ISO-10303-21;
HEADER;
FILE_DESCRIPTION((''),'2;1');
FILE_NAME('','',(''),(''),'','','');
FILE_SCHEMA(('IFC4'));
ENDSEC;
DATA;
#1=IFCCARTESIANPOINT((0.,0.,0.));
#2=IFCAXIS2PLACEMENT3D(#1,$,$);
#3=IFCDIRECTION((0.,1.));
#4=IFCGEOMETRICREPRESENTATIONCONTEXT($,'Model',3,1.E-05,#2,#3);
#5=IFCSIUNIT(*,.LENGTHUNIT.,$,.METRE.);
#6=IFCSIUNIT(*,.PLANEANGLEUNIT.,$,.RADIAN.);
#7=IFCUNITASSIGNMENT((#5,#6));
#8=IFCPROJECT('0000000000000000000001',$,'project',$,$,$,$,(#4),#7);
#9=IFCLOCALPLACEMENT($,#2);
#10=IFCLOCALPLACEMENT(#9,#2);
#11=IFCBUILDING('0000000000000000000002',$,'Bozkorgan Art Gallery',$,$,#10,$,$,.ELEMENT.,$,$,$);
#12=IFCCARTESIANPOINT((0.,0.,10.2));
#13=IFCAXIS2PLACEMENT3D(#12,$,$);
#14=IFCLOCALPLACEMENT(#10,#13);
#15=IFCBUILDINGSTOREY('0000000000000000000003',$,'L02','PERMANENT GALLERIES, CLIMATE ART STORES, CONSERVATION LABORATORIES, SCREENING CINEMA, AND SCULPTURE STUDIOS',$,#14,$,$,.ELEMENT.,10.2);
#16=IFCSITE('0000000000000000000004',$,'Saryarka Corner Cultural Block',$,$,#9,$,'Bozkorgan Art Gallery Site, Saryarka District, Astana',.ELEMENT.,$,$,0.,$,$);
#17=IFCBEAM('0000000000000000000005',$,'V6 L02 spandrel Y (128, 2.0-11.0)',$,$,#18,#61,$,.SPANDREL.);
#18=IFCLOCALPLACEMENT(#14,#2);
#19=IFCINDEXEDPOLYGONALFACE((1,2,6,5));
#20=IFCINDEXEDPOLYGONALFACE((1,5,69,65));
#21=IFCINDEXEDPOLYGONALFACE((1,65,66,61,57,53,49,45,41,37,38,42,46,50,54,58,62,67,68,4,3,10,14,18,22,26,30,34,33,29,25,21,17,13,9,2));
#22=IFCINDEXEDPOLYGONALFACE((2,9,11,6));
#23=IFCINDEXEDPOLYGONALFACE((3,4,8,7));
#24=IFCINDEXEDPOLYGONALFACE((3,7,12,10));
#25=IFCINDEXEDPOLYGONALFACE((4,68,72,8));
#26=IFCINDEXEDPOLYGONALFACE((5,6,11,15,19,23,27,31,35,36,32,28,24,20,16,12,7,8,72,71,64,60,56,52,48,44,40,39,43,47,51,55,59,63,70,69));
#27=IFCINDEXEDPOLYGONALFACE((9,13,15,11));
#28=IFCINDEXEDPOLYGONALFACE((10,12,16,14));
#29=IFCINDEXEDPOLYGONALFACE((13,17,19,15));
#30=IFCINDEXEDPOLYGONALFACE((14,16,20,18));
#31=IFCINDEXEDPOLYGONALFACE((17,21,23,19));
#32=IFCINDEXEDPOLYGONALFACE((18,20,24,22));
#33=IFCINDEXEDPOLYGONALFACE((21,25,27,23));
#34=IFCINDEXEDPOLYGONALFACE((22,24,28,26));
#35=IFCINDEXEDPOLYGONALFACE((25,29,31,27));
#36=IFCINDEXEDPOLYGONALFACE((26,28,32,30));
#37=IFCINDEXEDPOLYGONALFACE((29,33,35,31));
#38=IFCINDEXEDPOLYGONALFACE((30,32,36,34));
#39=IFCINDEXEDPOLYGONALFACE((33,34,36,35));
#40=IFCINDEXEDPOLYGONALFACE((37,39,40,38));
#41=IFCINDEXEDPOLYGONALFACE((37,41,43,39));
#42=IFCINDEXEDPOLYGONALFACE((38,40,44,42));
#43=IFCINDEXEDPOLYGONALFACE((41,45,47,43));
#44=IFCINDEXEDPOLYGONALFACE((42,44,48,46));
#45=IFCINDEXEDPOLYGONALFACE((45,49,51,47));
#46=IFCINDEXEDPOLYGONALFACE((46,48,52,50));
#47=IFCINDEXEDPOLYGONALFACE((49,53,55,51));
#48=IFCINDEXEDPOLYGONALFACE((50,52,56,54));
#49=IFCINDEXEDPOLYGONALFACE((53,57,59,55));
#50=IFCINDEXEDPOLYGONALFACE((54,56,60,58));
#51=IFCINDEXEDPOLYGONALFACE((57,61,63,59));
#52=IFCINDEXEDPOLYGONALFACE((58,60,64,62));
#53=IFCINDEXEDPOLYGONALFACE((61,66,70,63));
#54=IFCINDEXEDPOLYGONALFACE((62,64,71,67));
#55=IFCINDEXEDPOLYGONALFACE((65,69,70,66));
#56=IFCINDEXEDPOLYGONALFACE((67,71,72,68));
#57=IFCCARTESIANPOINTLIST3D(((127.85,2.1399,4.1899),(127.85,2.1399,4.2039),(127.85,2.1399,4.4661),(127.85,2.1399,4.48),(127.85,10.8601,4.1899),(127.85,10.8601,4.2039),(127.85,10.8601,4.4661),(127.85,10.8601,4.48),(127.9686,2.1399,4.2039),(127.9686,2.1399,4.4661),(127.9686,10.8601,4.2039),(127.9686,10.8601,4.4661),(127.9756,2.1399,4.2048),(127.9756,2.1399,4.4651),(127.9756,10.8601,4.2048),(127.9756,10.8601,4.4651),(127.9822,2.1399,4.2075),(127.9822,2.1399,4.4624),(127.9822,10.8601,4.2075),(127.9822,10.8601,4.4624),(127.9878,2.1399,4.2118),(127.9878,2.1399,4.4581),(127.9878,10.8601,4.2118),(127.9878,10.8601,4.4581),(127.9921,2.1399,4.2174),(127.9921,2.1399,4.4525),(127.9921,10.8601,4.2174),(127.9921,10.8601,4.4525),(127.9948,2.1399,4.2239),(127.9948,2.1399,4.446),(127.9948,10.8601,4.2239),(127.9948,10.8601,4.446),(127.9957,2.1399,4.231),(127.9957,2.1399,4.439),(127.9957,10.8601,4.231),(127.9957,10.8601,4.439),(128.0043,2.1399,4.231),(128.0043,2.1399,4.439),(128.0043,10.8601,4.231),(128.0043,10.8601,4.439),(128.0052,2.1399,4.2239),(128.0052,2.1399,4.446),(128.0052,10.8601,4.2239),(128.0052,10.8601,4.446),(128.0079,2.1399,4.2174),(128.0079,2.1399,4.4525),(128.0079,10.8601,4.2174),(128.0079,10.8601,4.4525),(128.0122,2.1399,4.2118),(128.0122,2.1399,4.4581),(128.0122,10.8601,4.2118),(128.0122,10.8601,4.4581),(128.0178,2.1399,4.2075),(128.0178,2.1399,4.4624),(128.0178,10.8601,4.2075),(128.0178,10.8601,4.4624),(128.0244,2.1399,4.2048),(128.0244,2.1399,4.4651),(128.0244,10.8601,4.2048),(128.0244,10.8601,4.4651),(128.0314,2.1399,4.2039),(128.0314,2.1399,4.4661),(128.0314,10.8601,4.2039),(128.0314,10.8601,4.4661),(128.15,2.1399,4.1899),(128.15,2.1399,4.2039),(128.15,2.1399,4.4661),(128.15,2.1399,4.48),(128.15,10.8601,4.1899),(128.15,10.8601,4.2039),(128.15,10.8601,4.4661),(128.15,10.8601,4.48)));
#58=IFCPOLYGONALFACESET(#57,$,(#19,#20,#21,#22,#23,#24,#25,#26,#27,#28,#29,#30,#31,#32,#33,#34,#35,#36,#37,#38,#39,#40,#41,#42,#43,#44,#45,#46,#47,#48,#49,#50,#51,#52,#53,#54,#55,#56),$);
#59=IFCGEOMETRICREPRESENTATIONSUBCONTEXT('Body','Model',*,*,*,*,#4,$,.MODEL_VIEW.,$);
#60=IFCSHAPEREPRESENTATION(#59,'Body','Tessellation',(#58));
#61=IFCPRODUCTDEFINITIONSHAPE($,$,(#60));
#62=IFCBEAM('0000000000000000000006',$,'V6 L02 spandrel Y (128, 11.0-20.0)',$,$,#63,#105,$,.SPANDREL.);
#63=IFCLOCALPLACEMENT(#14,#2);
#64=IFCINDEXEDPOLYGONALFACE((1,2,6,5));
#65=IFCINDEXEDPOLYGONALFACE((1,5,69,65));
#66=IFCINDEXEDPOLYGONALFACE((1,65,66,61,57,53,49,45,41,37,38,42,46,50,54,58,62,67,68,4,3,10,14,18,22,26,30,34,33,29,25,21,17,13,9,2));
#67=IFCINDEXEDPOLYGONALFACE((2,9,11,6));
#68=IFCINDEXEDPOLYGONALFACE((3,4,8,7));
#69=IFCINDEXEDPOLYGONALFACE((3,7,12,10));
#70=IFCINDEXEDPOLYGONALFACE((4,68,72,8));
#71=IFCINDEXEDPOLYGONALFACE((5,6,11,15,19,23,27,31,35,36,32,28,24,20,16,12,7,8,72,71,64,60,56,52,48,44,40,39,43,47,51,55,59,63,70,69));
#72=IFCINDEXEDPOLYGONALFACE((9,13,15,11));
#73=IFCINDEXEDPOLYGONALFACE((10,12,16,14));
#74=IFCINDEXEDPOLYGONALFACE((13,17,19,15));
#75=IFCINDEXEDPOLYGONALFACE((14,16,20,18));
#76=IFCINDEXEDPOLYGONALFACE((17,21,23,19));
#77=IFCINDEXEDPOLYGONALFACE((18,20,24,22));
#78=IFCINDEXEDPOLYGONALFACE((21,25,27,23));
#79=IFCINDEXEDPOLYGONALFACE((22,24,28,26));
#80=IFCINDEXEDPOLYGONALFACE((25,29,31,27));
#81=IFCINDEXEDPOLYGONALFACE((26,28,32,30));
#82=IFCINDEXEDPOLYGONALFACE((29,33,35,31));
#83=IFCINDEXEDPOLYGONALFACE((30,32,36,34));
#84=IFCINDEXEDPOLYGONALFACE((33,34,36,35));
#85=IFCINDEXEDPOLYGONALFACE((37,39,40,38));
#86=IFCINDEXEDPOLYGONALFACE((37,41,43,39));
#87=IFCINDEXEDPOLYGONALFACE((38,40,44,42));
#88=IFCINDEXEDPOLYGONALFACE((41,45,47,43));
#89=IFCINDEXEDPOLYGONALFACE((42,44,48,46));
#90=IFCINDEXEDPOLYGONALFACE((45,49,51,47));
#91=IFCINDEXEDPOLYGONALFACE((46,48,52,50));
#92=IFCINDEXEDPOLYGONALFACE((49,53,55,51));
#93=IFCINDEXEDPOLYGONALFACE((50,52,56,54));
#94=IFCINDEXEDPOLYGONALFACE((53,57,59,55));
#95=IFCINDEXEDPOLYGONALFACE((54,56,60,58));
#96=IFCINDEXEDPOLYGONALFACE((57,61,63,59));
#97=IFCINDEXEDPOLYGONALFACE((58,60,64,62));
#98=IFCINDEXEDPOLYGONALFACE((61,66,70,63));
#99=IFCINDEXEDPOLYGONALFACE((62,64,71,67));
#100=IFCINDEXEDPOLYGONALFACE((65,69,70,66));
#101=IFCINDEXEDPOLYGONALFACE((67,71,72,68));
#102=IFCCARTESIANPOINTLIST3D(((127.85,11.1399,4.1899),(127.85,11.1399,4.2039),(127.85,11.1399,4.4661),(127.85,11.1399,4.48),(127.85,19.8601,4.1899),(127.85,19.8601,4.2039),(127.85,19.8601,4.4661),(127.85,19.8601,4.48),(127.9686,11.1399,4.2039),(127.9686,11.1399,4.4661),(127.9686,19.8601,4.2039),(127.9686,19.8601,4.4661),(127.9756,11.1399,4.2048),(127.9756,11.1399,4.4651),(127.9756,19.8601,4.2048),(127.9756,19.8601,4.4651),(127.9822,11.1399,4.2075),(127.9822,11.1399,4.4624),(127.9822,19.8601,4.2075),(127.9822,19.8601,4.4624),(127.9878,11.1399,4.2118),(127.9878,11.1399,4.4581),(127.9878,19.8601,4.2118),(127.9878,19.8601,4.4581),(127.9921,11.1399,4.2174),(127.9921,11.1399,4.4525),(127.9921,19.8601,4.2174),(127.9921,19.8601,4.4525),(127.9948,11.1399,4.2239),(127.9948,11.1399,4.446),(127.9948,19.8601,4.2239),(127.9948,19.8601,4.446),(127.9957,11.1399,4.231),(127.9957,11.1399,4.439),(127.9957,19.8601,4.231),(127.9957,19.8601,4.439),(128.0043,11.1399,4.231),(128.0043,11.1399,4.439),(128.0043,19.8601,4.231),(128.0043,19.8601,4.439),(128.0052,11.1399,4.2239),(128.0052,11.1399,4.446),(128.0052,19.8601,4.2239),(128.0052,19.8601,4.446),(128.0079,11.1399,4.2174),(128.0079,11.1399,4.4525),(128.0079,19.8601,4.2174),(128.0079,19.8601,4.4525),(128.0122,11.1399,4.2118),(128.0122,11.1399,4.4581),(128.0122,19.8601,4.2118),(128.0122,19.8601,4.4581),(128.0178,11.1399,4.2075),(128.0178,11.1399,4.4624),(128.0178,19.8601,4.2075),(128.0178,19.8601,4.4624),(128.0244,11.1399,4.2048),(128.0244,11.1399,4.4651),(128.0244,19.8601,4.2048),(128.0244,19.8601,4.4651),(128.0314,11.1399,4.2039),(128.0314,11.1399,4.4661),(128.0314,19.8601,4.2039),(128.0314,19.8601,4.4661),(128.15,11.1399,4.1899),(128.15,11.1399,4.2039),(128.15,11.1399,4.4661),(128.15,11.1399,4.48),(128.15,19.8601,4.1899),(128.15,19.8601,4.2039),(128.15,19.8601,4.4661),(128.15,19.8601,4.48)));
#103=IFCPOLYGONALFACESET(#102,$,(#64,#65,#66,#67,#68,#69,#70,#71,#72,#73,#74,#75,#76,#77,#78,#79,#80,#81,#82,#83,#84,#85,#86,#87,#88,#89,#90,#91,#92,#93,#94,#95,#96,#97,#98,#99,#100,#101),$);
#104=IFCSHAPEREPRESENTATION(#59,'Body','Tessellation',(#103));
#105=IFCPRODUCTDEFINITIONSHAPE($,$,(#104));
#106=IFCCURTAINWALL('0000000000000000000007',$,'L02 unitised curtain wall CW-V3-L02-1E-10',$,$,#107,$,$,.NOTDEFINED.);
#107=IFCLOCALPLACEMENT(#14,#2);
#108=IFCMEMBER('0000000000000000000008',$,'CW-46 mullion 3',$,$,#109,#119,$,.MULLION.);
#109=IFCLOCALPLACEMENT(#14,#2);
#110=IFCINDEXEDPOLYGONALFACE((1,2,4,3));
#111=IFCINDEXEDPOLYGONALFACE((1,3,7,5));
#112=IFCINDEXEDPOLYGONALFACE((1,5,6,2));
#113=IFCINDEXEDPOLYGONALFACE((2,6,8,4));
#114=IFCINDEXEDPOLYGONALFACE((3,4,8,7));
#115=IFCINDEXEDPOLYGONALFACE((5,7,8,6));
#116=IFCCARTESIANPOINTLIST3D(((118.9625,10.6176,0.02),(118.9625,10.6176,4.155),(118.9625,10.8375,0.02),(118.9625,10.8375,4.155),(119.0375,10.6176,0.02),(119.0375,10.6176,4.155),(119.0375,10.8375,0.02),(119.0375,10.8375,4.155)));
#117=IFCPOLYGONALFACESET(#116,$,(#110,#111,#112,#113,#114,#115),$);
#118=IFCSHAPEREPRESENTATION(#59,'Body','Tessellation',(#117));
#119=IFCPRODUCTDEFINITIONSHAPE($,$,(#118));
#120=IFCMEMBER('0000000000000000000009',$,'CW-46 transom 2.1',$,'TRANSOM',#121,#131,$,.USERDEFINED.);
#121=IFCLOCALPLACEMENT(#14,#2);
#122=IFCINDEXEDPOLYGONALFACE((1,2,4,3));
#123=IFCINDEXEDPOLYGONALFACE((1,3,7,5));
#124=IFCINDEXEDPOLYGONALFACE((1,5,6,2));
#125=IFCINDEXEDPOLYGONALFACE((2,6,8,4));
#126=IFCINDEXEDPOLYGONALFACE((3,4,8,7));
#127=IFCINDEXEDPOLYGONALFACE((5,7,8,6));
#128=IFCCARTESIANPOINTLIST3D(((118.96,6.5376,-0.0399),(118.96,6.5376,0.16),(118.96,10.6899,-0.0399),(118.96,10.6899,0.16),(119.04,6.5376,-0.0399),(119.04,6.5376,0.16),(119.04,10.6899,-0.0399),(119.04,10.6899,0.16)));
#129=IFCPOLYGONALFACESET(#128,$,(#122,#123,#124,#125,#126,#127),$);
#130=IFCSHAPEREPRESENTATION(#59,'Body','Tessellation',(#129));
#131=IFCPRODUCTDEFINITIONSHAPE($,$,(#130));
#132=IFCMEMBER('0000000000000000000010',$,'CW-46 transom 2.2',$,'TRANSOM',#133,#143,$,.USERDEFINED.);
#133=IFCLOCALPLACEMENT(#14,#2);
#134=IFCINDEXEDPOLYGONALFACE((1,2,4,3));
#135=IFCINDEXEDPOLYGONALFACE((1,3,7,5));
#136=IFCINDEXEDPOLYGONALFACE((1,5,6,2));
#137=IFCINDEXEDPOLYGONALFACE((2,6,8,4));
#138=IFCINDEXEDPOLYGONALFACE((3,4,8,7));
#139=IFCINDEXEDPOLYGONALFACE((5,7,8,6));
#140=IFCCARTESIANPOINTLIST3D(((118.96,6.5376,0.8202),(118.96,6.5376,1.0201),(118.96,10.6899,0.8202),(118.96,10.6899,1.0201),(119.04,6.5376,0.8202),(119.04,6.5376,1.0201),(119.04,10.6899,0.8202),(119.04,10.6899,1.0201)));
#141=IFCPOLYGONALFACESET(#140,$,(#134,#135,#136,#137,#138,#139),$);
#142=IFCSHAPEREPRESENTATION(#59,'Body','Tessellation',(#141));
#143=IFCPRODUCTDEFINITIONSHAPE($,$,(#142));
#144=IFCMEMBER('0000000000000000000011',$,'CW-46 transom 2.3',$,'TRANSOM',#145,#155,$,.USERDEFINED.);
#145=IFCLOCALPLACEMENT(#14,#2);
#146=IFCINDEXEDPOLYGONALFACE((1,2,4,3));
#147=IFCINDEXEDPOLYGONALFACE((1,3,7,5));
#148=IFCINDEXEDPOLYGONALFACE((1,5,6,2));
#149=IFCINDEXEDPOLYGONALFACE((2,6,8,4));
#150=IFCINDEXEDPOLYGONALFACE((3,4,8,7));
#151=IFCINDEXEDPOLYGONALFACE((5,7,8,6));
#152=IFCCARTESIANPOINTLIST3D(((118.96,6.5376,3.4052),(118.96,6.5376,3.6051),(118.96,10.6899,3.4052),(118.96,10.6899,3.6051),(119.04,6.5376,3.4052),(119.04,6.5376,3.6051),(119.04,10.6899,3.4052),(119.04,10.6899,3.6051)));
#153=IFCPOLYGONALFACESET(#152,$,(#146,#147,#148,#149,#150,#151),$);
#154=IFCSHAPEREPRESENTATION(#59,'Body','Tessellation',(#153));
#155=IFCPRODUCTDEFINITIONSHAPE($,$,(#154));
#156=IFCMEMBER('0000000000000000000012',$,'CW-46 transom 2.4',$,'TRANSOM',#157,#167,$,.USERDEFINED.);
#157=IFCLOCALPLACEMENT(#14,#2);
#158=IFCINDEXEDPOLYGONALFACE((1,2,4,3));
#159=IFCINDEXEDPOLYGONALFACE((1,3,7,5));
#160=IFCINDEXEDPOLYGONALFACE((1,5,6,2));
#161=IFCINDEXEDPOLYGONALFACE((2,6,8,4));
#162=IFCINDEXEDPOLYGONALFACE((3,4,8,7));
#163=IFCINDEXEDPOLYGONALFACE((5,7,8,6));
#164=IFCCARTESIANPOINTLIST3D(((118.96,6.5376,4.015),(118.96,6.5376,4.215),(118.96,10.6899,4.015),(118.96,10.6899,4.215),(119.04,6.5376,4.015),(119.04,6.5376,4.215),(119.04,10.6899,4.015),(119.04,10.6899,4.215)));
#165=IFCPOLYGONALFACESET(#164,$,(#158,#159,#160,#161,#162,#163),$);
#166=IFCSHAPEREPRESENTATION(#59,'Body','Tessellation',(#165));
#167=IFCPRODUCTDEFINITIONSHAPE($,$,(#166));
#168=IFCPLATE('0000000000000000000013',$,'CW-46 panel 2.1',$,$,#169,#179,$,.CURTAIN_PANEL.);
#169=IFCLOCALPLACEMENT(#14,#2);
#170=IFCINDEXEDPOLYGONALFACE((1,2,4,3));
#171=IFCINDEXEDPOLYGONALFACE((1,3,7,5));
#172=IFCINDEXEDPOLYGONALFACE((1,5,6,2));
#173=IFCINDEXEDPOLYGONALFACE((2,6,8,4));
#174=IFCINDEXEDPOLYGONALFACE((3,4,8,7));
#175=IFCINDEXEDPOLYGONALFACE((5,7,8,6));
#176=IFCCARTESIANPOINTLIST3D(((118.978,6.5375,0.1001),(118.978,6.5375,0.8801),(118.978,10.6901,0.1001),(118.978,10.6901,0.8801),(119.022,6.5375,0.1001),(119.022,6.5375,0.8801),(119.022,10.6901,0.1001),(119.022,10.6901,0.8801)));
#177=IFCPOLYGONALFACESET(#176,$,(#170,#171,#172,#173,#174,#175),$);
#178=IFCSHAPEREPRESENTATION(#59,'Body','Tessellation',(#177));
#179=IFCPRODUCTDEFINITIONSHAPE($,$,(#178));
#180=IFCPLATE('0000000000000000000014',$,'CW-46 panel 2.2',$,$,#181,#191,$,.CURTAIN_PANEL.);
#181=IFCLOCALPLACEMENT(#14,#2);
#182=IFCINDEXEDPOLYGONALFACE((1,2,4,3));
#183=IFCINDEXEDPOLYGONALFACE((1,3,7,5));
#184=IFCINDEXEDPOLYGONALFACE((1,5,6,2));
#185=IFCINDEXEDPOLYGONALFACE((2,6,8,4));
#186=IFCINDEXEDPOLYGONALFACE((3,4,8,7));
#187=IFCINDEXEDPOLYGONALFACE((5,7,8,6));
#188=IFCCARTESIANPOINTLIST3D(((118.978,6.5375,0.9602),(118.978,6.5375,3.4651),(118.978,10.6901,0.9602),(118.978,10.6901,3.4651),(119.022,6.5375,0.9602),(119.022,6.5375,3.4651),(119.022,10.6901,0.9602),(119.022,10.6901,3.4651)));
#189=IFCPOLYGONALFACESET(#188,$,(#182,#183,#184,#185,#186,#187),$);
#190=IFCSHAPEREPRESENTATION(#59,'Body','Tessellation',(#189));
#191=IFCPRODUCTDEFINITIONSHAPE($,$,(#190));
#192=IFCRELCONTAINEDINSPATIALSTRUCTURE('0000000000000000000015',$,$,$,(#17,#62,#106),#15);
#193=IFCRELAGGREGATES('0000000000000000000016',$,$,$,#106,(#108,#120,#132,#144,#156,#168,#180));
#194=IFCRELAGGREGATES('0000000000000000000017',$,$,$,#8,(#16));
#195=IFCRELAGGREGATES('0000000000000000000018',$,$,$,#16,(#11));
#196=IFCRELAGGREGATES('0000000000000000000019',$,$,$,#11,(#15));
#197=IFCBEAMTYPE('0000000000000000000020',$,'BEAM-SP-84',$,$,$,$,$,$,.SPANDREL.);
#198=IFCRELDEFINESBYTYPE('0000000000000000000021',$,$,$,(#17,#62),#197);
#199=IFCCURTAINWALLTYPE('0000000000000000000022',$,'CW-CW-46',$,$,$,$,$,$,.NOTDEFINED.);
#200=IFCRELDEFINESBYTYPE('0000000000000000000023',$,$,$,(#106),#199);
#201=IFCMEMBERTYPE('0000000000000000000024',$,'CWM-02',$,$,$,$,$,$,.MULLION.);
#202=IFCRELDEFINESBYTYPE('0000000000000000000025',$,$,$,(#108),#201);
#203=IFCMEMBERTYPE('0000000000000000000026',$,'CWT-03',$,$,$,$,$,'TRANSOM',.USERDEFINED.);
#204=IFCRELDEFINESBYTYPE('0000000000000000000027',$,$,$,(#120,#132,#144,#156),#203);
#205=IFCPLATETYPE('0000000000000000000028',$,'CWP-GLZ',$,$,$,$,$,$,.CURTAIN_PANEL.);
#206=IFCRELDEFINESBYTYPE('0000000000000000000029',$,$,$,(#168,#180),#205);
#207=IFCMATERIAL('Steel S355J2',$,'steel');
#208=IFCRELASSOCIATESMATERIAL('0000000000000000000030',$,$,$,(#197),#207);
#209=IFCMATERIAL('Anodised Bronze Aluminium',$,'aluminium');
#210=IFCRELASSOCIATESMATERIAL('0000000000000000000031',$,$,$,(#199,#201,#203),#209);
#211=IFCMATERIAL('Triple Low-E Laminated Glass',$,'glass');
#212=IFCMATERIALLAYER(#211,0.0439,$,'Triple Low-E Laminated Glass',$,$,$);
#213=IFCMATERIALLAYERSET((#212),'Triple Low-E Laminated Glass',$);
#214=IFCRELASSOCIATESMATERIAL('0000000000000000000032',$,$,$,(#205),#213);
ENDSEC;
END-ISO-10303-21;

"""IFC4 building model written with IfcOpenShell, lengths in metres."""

from ifc_helpers import new_model, si_unit, direction, frame, origin, origin_2d, place, context, subcontext, project, spatial, rectangle, i_section, extrude, material, layer, layer_set, material_profile, profile_set, type_object, element, aggregate, save


model = new_model("IFC4")

# Units and contexts
model_context = context("Model", 3, precision=1e-05, world=origin(), true_north=direction((0.0, 1.0)))
body_context = subcontext(model_context, "Body", "Model", "MODEL_VIEW")
ifc_project = project(units=[si_unit("LENGTHUNIT", "METRE"), si_unit("PLANEANGLEUNIT", "RADIAN")], contexts=[model_context])

# Site, building, storey
site_placement = place(None, origin())
site = spatial("IfcSite", under=ifc_project, at=site_placement, Name="Saryarka Corner Cultural Block", LongName="Bozkorgan Art Gallery Site, Saryarka District, Astana", CompositionType="ELEMENT", RefElevation=0.0)
building_placement = place(site_placement, origin())
building = spatial("IfcBuilding", under=site, at=building_placement, Name="Bozkorgan Art Gallery", CompositionType="ELEMENT")
storey_placement = place(building_placement, frame((0.0, 0.0, 10.2)))
storey = spatial("IfcBuildingStorey", under=building, at=storey_placement, Name="L02", Description="PERMANENT GALLERIES, CLIMATE ART STORES, CONSERVATION LABORATORIES, SCREENING CINEMA, AND SCULPTURE STUDIOS", CompositionType="ELEMENT", Elevation=10.2)

# Shared definitions
ifc_material_1 = material(Name="Steel S355J2", Category="steel")

# Beams
ifc_material_profile_1 = material_profile(ifc_material_1, i_section(OverallWidth=0.3, OverallDepth=0.29, WebThickness=0.0085, FlangeThickness=0.0139, FilletRadius=0.0271, at=origin_2d()), Name="HEA 300")
ifc_profile_set_1 = profile_set([ifc_material_profile_1], Name="Steel S355J2")
beam_type_1 = type_object("IfcBeamType", Name="BEAM-SP-84", PredefinedType="SPANDREL", material=ifc_profile_set_1)
for number, where, z_axis, x_axis, name in (
    (1, (128.0, 2.1399, 4.335), (0.0, 1.0, 0.0), (-1.0, 0.0, 0.0), "V6 L02 spandrel Y (128, 2.0-11.0)"),
    (2, (128.0, 11.1399, 4.335), (0.0, 1.0, 0.0), (-1.0, 0.0, 0.0), "V6 L02 spandrel Y (128, 11.0-20.0)"),
):
    element("IfcBeam", number, at=place(storey_placement, frame(where, z_axis=z_axis, x_axis=x_axis)), inside=storey, type_object=beam_type_1, Name=name, PredefinedType="SPANDREL", context=body_context, shape_type="SweptSolid", body=[
        extrude(i_section(OverallWidth=0.3, OverallDepth=0.29, WebThickness=0.0085, FlangeThickness=0.0139, FilletRadius=0.0271, at=origin_2d()), origin(), (0.0, 0.0, 1.0), 8.7202),
    ])

# Curtain wall, members, plates
ifc_material_2 = material(Name="Anodised Bronze Aluminium", Category="aluminium")
curtain_wall_type = type_object("IfcCurtainWallType", Name="CW-CW-46", PredefinedType="NOTDEFINED", material=ifc_material_2)
curtain_wall_placement = place(storey_placement, origin())
curtain_wall = element("IfcCurtainWall", 3, at=curtain_wall_placement, inside=storey, type_object=curtain_wall_type, Name="L02 unitised curtain wall CW-V3-L02-1E-10", PredefinedType="NOTDEFINED")
ifc_material_profile_2 = material_profile(ifc_material_2, rectangle(XDim=0.075, YDim=0.22, at=origin_2d()), Name="ALU MULLION 75x220")
ifc_profile_set_2 = profile_set([ifc_material_profile_2], Name="Anodised Bronze Aluminium")
member_type_1 = type_object("IfcMemberType", Name="CWM-02", PredefinedType="MULLION", material=ifc_profile_set_2)
member_1_placement = place(storey_placement, frame((119.0, 10.7275, 0.02), z_axis=(0.0, 0.0, 1.0), x_axis=(-1.0, 0.0, 0.0)))
member_1 = element("IfcMember", 4, at=member_1_placement, type_object=member_type_1, Name="CW-46 mullion 3", PredefinedType="MULLION", context=body_context, shape_type="SweptSolid", body=[
    extrude(rectangle(XDim=0.075, YDim=0.22, at=origin_2d()), origin(), (0.0, 0.0, 1.0), 4.135),
])
ifc_material_profile_3 = material_profile(ifc_material_2, rectangle(XDim=0.0801, YDim=0.2, at=origin_2d()), Name="ALU TRANSOM 80x200")
ifc_profile_set_3 = profile_set([ifc_material_profile_3], Name="Anodised Bronze Aluminium")
member_type_2 = type_object("IfcMemberType", Name="CWT-03", ElementType="TRANSOM", PredefinedType="USERDEFINED", material=ifc_profile_set_3)
member_2_placement = place(storey_placement, frame((119.0, 6.5376, 0.0601), z_axis=(0.0, 1.0, 0.0), x_axis=(-1.0, 0.0, 0.0)))
member_2 = element("IfcMember", 5, at=member_2_placement, type_object=member_type_2, Name="CW-46 transom 2.1", ObjectType="TRANSOM", PredefinedType="USERDEFINED", context=body_context, shape_type="SweptSolid", body=[
    extrude(rectangle(XDim=0.0801, YDim=0.2, at=origin_2d()), origin(), (0.0, 0.0, 1.0), 4.1523),
])
member_3_placement = place(storey_placement, frame((119.0, 6.5376, 0.9202), z_axis=(0.0, 1.0, 0.0), x_axis=(-1.0, 0.0, 0.0)))
member_3 = element("IfcMember", 6, at=member_3_placement, type_object=member_type_2, Name="CW-46 transom 2.2", ObjectType="TRANSOM", PredefinedType="USERDEFINED", context=body_context, shape_type="SweptSolid", body=[
    extrude(rectangle(XDim=0.0801, YDim=0.2, at=origin_2d()), origin(), (0.0, 0.0, 1.0), 4.1523),
])
member_4_placement = place(storey_placement, frame((119.0, 6.5376, 3.5051), z_axis=(0.0, 1.0, 0.0), x_axis=(-1.0, 0.0, 0.0)))
member_4 = element("IfcMember", 7, at=member_4_placement, type_object=member_type_2, Name="CW-46 transom 2.3", ObjectType="TRANSOM", PredefinedType="USERDEFINED", context=body_context, shape_type="SweptSolid", body=[
    extrude(rectangle(XDim=0.0801, YDim=0.2, at=origin_2d()), origin(), (0.0, 0.0, 1.0), 4.1523),
])
member_5_placement = place(storey_placement, frame((119.0, 6.5376, 4.115), z_axis=(0.0, 1.0, 0.0), x_axis=(-1.0, 0.0, 0.0)))
member_5 = element("IfcMember", 8, at=member_5_placement, type_object=member_type_2, Name="CW-46 transom 2.4", ObjectType="TRANSOM", PredefinedType="USERDEFINED", context=body_context, shape_type="SweptSolid", body=[
    extrude(rectangle(XDim=0.0801, YDim=0.2, at=origin_2d()), origin(), (0.0, 0.0, 1.0), 4.1523),
])
ifc_material_3 = material(Name="Triple Low-E Laminated Glass", Category="glass")
ifc_layer_1 = layer(ifc_material_3, 0.0439, Name="Triple Low-E Laminated Glass")
ifc_layer_set_1 = layer_set([ifc_layer_1], Name="Triple Low-E Laminated Glass")
plate_type_1 = type_object("IfcPlateType", Name="CWP-GLZ", PredefinedType="CURTAIN_PANEL", material=ifc_layer_set_1)
plate_1_placement = place(storey_placement, frame((119.0, 8.6138, 0.1001), z_axis=(0.0, 0.0, 1.0), x_axis=(0.0, 1.0, 0.0)))
plate_1 = element("IfcPlate", 9, at=plate_1_placement, type_object=plate_type_1, Name="CW-46 panel 2.1", PredefinedType="CURTAIN_PANEL", context=body_context, shape_type="SweptSolid", body=[
    extrude(rectangle(XDim=4.1526, YDim=0.0439, at=origin_2d()), origin(), (0.0, 0.0, 1.0), 0.78),
])
plate_2_placement = place(storey_placement, frame((119.0, 8.6138, 0.9602), z_axis=(0.0, 0.0, 1.0), x_axis=(0.0, 1.0, 0.0)))
plate_2 = element("IfcPlate", 10, at=plate_2_placement, type_object=plate_type_1, Name="CW-46 panel 2.2", PredefinedType="CURTAIN_PANEL", context=body_context, shape_type="SweptSolid", body=[
    extrude(rectangle(XDim=4.1526, YDim=0.0439, at=origin_2d()), origin(), (0.0, 0.0, 1.0), 2.5049),
])
aggregate(curtain_wall, [member_1, member_2, member_3, member_4, member_5, plate_1, plate_2])

save(model, "model.ifc")
